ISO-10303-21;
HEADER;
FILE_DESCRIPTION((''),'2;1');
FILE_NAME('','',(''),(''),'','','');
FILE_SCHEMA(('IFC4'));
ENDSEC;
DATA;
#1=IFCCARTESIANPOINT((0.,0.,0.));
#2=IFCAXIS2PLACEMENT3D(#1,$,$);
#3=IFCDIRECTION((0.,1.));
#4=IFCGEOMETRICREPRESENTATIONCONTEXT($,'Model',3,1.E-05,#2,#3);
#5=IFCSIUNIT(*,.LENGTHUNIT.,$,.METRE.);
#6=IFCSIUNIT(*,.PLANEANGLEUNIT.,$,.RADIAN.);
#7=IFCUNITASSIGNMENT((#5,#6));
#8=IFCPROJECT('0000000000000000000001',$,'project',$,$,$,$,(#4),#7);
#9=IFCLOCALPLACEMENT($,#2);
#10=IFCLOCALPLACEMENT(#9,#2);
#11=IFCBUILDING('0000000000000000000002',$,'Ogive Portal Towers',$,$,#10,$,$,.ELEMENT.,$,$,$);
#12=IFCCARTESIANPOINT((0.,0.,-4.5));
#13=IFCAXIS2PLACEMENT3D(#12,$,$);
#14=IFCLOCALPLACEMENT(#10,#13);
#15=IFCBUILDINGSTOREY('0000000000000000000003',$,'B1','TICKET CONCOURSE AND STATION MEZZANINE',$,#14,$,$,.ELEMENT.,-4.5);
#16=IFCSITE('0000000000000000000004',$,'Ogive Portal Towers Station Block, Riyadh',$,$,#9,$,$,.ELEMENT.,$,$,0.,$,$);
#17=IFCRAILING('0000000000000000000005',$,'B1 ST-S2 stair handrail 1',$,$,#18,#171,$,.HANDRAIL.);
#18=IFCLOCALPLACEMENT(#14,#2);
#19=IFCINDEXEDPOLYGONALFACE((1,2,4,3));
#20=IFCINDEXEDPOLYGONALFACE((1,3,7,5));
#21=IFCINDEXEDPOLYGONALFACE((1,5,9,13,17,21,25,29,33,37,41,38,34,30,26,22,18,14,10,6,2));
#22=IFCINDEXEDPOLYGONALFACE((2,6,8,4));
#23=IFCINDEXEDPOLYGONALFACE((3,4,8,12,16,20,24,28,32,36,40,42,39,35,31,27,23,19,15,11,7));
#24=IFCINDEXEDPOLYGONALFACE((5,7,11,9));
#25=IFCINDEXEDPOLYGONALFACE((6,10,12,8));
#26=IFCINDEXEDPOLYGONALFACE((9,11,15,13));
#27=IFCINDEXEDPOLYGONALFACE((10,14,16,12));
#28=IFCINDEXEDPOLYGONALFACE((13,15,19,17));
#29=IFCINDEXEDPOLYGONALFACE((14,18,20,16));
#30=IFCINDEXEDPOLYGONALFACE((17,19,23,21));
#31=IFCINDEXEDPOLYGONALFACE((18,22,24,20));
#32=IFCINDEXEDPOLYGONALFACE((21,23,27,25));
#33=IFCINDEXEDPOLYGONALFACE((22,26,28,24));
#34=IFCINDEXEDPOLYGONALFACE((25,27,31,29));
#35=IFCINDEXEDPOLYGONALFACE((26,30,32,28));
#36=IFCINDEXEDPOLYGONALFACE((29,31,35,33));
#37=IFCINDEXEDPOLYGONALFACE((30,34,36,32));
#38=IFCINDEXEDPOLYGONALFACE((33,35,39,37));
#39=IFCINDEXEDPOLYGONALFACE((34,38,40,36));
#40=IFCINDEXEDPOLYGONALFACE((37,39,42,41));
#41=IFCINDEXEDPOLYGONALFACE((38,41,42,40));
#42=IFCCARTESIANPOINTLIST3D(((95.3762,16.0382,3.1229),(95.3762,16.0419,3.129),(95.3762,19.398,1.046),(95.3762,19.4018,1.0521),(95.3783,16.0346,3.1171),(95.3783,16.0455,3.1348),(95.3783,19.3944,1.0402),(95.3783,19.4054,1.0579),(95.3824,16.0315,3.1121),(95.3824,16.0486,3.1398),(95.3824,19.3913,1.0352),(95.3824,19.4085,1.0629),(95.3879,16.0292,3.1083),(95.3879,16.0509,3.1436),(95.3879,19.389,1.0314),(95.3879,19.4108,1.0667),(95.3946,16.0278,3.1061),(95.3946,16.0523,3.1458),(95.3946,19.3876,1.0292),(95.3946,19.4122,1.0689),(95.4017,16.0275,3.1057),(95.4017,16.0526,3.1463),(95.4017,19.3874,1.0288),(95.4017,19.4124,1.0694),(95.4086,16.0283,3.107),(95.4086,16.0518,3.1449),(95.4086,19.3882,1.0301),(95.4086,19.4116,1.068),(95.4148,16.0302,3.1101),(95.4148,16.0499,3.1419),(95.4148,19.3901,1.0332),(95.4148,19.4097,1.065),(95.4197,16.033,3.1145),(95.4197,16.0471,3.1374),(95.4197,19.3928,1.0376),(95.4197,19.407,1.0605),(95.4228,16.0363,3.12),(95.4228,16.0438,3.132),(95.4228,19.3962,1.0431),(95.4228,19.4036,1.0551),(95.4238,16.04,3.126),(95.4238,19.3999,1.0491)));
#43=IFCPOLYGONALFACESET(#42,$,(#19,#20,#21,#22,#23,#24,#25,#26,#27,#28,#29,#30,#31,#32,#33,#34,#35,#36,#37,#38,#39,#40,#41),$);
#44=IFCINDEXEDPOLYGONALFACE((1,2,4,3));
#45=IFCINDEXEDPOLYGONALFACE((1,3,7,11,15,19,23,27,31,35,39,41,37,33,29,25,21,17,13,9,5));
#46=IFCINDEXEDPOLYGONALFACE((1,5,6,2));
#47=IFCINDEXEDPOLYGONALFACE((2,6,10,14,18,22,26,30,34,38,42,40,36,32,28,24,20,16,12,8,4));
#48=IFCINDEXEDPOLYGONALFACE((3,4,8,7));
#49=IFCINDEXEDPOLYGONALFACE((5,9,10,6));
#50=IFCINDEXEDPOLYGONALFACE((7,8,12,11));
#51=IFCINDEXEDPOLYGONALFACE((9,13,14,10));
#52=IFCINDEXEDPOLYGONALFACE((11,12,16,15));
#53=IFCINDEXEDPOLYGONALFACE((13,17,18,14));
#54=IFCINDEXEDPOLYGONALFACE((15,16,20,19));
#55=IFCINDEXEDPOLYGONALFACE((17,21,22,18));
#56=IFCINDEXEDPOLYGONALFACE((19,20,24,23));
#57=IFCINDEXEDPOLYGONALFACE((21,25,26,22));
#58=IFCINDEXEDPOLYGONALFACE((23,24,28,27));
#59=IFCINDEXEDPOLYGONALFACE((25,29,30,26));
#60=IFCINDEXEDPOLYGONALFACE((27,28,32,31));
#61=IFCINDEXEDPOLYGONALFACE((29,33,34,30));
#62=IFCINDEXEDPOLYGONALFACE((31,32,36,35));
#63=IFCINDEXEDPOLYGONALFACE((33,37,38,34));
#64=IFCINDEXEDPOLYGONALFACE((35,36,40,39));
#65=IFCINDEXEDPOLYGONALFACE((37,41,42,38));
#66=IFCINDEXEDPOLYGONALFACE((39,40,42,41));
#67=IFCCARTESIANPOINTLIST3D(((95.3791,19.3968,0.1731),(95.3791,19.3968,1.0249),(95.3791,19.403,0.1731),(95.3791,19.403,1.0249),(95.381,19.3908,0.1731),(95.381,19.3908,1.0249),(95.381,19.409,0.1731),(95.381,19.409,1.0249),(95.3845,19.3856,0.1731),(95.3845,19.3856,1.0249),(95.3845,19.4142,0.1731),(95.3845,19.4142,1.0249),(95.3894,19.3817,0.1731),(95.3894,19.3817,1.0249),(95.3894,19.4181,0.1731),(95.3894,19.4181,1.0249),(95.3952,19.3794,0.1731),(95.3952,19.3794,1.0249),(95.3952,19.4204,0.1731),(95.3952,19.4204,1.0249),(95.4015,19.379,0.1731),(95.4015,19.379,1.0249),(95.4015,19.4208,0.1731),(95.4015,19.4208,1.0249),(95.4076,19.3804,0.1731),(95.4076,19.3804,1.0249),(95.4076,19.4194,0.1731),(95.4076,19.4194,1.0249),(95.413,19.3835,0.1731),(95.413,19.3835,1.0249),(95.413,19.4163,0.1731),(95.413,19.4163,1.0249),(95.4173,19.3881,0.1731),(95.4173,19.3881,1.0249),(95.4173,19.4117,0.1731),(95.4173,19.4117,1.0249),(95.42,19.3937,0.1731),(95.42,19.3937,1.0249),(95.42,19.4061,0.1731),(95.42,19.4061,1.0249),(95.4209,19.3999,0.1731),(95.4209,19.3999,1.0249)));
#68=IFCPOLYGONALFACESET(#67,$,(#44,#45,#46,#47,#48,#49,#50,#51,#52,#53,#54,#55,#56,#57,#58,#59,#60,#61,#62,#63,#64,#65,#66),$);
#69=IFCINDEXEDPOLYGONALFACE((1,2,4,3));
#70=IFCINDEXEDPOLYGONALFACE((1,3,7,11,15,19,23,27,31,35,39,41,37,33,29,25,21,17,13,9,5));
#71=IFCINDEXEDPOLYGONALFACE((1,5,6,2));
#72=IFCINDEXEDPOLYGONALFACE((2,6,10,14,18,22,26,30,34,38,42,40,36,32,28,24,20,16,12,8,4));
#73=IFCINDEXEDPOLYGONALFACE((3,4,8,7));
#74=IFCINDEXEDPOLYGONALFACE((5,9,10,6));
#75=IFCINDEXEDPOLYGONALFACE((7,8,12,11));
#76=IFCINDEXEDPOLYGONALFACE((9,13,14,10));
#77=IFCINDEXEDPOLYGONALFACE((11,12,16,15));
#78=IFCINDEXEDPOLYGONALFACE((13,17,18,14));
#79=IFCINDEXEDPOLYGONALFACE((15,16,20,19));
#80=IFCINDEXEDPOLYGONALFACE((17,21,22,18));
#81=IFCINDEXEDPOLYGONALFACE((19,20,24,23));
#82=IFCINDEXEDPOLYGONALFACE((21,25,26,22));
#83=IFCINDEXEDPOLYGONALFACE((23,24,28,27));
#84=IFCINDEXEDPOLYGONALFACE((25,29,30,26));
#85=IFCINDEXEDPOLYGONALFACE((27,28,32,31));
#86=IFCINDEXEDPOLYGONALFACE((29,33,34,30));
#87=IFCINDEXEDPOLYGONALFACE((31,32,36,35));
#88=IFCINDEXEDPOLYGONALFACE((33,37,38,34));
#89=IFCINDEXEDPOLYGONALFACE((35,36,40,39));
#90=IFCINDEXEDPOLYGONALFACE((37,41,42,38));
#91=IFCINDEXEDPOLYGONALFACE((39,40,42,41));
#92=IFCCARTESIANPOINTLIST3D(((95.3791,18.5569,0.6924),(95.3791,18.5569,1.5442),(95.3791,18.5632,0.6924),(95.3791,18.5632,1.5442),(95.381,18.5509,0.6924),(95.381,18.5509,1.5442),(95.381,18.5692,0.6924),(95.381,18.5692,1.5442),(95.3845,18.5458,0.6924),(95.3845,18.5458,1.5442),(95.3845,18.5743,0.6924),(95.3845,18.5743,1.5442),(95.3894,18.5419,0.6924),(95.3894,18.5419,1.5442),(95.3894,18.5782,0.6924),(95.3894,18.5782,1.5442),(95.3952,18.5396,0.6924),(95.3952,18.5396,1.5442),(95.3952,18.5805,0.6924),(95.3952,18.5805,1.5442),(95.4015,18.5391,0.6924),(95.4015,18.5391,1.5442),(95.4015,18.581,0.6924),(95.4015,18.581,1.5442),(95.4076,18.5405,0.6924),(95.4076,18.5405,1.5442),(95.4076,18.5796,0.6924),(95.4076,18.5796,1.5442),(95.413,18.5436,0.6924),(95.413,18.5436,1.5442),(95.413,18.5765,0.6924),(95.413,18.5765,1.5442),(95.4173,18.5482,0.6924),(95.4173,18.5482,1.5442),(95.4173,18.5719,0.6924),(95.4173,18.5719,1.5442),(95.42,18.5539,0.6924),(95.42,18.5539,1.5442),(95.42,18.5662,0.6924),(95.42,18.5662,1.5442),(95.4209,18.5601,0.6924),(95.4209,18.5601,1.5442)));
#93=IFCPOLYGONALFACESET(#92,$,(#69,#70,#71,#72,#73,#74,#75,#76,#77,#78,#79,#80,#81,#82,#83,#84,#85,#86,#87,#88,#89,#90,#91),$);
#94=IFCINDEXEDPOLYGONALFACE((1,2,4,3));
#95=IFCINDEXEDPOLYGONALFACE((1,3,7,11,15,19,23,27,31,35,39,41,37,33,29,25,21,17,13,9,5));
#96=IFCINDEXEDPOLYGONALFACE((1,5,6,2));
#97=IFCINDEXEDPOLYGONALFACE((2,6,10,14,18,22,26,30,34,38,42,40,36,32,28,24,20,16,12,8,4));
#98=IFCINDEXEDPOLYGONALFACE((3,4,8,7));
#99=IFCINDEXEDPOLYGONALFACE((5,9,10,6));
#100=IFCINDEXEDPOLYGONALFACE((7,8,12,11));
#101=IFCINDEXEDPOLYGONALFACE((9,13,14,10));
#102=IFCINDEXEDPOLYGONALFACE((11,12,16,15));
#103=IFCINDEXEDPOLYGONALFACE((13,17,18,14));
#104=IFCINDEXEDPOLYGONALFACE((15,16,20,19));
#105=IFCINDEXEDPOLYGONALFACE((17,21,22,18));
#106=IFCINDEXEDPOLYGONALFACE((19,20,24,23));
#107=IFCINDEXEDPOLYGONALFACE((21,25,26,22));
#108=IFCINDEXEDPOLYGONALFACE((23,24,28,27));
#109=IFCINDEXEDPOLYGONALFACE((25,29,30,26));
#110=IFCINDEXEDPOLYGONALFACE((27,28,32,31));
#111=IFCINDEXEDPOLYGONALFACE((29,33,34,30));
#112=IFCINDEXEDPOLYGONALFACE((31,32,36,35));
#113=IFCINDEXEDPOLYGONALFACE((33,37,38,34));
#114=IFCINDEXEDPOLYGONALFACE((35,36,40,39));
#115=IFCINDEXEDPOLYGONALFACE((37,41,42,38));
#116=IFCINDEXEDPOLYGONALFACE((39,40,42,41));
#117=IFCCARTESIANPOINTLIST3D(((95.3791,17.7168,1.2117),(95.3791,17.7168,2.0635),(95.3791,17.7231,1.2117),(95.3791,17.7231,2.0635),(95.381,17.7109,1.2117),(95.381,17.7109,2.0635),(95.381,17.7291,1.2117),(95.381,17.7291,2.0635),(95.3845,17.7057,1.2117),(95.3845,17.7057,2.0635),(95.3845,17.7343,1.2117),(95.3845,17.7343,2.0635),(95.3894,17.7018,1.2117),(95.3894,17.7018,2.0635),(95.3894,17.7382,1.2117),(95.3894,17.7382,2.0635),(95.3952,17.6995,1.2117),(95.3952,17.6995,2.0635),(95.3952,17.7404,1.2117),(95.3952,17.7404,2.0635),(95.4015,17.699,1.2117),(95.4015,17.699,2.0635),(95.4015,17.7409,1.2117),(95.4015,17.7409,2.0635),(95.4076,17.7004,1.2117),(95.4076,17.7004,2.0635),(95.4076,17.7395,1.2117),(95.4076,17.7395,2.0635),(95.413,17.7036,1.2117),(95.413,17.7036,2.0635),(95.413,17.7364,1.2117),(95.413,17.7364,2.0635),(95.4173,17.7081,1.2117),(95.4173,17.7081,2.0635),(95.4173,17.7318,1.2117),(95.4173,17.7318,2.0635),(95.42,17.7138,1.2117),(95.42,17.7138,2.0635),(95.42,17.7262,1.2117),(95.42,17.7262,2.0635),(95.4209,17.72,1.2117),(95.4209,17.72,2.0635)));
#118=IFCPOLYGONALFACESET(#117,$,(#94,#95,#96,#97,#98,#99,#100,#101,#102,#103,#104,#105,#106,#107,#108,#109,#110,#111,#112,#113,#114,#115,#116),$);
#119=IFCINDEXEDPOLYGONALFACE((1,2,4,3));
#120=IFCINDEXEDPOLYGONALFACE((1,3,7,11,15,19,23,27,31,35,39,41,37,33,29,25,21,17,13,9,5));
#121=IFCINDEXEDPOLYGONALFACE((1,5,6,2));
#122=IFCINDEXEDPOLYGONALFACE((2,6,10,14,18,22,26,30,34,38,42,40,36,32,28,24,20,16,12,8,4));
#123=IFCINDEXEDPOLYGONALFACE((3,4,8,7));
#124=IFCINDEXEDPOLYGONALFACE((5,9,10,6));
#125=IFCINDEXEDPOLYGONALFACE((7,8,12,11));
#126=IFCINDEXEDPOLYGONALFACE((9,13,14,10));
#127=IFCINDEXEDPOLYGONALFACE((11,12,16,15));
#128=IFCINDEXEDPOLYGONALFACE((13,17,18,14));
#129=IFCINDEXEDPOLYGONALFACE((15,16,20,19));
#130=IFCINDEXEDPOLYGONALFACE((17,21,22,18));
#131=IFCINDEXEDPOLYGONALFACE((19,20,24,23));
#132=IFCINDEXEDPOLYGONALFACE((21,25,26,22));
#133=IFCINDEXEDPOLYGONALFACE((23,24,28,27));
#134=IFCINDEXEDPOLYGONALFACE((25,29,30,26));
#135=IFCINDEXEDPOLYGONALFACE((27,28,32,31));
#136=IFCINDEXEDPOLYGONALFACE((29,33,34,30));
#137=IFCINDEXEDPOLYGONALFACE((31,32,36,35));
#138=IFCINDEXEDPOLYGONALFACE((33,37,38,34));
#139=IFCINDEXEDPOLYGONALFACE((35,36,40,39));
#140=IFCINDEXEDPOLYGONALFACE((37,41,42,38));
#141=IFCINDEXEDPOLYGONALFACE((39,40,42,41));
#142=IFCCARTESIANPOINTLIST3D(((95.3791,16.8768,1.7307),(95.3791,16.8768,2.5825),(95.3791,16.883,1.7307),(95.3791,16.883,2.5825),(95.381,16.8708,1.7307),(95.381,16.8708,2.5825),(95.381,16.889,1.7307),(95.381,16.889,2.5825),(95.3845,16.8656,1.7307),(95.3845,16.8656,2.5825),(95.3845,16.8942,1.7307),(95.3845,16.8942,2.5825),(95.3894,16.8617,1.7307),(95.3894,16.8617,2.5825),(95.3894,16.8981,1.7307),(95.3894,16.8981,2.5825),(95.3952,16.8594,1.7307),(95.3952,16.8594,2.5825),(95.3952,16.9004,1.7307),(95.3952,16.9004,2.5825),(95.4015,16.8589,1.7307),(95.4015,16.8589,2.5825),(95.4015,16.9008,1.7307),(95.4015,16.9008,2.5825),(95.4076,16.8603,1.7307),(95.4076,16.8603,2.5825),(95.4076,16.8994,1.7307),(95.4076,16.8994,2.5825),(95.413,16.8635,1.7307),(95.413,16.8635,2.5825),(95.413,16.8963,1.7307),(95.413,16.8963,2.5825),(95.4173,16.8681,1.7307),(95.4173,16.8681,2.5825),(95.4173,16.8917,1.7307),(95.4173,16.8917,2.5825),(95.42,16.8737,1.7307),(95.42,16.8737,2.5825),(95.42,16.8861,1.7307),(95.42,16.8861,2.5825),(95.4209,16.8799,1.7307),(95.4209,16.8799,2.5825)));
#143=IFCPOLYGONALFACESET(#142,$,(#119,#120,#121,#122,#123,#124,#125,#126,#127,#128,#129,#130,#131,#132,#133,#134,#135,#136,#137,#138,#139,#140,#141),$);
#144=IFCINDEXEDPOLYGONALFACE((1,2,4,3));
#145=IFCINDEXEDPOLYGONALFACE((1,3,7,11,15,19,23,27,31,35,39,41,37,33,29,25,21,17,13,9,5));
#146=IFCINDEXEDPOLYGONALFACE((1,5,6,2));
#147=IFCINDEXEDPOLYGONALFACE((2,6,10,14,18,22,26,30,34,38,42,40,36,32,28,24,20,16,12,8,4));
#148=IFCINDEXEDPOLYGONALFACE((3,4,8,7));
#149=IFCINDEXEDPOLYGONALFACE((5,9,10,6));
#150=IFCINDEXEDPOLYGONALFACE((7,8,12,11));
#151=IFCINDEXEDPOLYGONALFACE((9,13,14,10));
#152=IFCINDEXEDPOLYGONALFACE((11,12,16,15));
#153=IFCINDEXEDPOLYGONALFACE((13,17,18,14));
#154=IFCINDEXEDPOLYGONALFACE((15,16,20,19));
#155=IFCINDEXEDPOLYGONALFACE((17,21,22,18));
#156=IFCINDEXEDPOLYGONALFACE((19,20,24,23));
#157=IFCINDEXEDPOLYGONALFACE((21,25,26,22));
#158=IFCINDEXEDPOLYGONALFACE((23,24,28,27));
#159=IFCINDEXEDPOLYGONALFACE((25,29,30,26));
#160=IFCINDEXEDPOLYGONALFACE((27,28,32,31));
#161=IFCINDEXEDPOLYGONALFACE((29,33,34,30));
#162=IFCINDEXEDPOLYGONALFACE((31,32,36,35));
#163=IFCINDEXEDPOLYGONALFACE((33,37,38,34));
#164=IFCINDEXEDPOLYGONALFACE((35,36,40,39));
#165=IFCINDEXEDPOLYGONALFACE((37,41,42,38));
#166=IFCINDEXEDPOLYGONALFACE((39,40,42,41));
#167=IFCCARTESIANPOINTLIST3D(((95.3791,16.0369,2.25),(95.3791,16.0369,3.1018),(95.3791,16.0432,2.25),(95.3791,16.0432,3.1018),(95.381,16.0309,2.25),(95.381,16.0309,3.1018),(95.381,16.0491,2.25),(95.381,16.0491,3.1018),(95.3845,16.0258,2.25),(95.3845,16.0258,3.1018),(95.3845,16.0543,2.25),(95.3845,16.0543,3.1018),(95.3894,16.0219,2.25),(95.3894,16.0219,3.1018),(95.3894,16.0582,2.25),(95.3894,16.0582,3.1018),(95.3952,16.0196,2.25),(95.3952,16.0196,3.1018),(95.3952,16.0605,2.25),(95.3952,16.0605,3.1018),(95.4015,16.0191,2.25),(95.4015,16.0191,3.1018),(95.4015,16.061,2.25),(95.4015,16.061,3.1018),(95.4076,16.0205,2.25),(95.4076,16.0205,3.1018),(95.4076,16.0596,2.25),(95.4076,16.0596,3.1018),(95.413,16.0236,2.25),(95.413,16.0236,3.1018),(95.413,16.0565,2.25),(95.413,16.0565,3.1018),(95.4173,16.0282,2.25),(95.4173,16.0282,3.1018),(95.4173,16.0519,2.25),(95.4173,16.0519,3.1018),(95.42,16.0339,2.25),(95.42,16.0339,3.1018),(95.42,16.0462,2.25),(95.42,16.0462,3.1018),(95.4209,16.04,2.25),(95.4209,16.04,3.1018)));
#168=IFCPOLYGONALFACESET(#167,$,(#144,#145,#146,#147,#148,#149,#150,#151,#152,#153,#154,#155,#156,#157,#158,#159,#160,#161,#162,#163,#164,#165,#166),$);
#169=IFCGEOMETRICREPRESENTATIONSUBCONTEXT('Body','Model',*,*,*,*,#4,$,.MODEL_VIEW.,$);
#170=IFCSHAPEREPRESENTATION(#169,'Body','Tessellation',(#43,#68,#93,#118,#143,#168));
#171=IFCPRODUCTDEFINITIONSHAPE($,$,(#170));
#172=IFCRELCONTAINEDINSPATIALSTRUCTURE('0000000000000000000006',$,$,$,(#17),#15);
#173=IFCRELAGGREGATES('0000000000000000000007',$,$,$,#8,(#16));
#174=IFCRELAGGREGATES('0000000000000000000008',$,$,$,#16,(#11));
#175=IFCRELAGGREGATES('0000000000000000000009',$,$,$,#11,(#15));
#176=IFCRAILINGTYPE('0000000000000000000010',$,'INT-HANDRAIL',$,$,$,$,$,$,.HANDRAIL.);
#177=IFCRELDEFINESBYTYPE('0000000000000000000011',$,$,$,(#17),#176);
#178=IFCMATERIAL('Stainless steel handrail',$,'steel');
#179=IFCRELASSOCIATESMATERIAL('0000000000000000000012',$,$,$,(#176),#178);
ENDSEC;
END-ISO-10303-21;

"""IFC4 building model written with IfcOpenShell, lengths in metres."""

from ifc_helpers import new_model, si_unit, direction, frame, origin, origin_2d, place, context, subcontext, project, spatial, circle, extrude, material, type_object, element, save


model = new_model("IFC4")

# Units and contexts
model_context = context("Model", 3, precision=1e-05, world=origin(), true_north=direction((0.0, 1.0)))
body_context = subcontext(model_context, "Body", "Model", "MODEL_VIEW")
ifc_project = project(units=[si_unit("LENGTHUNIT", "METRE"), si_unit("PLANEANGLEUNIT", "RADIAN")], contexts=[model_context])

# Site, building, storey
site_placement = place(None, origin())
site = spatial("IfcSite", under=ifc_project, at=site_placement, Name="Ogive Portal Towers Station Block, Riyadh", CompositionType="ELEMENT", RefElevation=0.0)
building_placement = place(site_placement, origin())
building = spatial("IfcBuilding", under=site, at=building_placement, Name="Ogive Portal Towers", CompositionType="ELEMENT")
storey_placement = place(building_placement, frame((0.0, 0.0, -4.5)))
storey = spatial("IfcBuildingStorey", under=building, at=storey_placement, Name="B1", Description="TICKET CONCOURSE AND STATION MEZZANINE", CompositionType="ELEMENT", Elevation=-4.5)

# Railing
ifc_material_1 = material(Name="Stainless steel handrail", Category="steel")
railing_type_1 = type_object("IfcRailingType", Name="INT-HANDRAIL", PredefinedType="HANDRAIL", material=ifc_material_1)
railing_1_placement = place(storey_placement, frame((95.3999, 19.3999, 0.1731)))
element("IfcRailing", 1, at=railing_1_placement, inside=storey, type_object=railing_type_1, Name="B1 ST-S2 stair handrail 1", PredefinedType="HANDRAIL", context=body_context, shape_type="SweptSolid", body=[
    extrude(circle(Radius=0.0239, at=origin_2d()), frame((0.0, 0.0, 0.876), z_axis=(0.0, -0.850606, 0.525803), x_axis=(1.0, 0.0, 0.0)), (0.0, 0.0, 1.0), 3.95),
    extrude(circle(Radius=0.021, at=origin_2d()), origin(), (0.0, 0.0, 1.0), 0.8518),
    extrude(circle(Radius=0.021, at=origin_2d()), frame((0.0, -0.8398, 0.5193)), (0.0, 0.0, 1.0), 0.8518),
    extrude(circle(Radius=0.021, at=origin_2d()), frame((0.0, -1.6799, 1.0386)), (0.0, 0.0, 1.0), 0.8518),
    extrude(circle(Radius=0.021, at=origin_2d()), frame((0.0, -2.52, 1.5576)), (0.0, 0.0, 1.0), 0.8518),
    extrude(circle(Radius=0.021, at=origin_2d()), frame((0.0, -3.3599, 2.0769)), (0.0, 0.0, 1.0), 0.8518),
])

save(model, "model.ifc")
